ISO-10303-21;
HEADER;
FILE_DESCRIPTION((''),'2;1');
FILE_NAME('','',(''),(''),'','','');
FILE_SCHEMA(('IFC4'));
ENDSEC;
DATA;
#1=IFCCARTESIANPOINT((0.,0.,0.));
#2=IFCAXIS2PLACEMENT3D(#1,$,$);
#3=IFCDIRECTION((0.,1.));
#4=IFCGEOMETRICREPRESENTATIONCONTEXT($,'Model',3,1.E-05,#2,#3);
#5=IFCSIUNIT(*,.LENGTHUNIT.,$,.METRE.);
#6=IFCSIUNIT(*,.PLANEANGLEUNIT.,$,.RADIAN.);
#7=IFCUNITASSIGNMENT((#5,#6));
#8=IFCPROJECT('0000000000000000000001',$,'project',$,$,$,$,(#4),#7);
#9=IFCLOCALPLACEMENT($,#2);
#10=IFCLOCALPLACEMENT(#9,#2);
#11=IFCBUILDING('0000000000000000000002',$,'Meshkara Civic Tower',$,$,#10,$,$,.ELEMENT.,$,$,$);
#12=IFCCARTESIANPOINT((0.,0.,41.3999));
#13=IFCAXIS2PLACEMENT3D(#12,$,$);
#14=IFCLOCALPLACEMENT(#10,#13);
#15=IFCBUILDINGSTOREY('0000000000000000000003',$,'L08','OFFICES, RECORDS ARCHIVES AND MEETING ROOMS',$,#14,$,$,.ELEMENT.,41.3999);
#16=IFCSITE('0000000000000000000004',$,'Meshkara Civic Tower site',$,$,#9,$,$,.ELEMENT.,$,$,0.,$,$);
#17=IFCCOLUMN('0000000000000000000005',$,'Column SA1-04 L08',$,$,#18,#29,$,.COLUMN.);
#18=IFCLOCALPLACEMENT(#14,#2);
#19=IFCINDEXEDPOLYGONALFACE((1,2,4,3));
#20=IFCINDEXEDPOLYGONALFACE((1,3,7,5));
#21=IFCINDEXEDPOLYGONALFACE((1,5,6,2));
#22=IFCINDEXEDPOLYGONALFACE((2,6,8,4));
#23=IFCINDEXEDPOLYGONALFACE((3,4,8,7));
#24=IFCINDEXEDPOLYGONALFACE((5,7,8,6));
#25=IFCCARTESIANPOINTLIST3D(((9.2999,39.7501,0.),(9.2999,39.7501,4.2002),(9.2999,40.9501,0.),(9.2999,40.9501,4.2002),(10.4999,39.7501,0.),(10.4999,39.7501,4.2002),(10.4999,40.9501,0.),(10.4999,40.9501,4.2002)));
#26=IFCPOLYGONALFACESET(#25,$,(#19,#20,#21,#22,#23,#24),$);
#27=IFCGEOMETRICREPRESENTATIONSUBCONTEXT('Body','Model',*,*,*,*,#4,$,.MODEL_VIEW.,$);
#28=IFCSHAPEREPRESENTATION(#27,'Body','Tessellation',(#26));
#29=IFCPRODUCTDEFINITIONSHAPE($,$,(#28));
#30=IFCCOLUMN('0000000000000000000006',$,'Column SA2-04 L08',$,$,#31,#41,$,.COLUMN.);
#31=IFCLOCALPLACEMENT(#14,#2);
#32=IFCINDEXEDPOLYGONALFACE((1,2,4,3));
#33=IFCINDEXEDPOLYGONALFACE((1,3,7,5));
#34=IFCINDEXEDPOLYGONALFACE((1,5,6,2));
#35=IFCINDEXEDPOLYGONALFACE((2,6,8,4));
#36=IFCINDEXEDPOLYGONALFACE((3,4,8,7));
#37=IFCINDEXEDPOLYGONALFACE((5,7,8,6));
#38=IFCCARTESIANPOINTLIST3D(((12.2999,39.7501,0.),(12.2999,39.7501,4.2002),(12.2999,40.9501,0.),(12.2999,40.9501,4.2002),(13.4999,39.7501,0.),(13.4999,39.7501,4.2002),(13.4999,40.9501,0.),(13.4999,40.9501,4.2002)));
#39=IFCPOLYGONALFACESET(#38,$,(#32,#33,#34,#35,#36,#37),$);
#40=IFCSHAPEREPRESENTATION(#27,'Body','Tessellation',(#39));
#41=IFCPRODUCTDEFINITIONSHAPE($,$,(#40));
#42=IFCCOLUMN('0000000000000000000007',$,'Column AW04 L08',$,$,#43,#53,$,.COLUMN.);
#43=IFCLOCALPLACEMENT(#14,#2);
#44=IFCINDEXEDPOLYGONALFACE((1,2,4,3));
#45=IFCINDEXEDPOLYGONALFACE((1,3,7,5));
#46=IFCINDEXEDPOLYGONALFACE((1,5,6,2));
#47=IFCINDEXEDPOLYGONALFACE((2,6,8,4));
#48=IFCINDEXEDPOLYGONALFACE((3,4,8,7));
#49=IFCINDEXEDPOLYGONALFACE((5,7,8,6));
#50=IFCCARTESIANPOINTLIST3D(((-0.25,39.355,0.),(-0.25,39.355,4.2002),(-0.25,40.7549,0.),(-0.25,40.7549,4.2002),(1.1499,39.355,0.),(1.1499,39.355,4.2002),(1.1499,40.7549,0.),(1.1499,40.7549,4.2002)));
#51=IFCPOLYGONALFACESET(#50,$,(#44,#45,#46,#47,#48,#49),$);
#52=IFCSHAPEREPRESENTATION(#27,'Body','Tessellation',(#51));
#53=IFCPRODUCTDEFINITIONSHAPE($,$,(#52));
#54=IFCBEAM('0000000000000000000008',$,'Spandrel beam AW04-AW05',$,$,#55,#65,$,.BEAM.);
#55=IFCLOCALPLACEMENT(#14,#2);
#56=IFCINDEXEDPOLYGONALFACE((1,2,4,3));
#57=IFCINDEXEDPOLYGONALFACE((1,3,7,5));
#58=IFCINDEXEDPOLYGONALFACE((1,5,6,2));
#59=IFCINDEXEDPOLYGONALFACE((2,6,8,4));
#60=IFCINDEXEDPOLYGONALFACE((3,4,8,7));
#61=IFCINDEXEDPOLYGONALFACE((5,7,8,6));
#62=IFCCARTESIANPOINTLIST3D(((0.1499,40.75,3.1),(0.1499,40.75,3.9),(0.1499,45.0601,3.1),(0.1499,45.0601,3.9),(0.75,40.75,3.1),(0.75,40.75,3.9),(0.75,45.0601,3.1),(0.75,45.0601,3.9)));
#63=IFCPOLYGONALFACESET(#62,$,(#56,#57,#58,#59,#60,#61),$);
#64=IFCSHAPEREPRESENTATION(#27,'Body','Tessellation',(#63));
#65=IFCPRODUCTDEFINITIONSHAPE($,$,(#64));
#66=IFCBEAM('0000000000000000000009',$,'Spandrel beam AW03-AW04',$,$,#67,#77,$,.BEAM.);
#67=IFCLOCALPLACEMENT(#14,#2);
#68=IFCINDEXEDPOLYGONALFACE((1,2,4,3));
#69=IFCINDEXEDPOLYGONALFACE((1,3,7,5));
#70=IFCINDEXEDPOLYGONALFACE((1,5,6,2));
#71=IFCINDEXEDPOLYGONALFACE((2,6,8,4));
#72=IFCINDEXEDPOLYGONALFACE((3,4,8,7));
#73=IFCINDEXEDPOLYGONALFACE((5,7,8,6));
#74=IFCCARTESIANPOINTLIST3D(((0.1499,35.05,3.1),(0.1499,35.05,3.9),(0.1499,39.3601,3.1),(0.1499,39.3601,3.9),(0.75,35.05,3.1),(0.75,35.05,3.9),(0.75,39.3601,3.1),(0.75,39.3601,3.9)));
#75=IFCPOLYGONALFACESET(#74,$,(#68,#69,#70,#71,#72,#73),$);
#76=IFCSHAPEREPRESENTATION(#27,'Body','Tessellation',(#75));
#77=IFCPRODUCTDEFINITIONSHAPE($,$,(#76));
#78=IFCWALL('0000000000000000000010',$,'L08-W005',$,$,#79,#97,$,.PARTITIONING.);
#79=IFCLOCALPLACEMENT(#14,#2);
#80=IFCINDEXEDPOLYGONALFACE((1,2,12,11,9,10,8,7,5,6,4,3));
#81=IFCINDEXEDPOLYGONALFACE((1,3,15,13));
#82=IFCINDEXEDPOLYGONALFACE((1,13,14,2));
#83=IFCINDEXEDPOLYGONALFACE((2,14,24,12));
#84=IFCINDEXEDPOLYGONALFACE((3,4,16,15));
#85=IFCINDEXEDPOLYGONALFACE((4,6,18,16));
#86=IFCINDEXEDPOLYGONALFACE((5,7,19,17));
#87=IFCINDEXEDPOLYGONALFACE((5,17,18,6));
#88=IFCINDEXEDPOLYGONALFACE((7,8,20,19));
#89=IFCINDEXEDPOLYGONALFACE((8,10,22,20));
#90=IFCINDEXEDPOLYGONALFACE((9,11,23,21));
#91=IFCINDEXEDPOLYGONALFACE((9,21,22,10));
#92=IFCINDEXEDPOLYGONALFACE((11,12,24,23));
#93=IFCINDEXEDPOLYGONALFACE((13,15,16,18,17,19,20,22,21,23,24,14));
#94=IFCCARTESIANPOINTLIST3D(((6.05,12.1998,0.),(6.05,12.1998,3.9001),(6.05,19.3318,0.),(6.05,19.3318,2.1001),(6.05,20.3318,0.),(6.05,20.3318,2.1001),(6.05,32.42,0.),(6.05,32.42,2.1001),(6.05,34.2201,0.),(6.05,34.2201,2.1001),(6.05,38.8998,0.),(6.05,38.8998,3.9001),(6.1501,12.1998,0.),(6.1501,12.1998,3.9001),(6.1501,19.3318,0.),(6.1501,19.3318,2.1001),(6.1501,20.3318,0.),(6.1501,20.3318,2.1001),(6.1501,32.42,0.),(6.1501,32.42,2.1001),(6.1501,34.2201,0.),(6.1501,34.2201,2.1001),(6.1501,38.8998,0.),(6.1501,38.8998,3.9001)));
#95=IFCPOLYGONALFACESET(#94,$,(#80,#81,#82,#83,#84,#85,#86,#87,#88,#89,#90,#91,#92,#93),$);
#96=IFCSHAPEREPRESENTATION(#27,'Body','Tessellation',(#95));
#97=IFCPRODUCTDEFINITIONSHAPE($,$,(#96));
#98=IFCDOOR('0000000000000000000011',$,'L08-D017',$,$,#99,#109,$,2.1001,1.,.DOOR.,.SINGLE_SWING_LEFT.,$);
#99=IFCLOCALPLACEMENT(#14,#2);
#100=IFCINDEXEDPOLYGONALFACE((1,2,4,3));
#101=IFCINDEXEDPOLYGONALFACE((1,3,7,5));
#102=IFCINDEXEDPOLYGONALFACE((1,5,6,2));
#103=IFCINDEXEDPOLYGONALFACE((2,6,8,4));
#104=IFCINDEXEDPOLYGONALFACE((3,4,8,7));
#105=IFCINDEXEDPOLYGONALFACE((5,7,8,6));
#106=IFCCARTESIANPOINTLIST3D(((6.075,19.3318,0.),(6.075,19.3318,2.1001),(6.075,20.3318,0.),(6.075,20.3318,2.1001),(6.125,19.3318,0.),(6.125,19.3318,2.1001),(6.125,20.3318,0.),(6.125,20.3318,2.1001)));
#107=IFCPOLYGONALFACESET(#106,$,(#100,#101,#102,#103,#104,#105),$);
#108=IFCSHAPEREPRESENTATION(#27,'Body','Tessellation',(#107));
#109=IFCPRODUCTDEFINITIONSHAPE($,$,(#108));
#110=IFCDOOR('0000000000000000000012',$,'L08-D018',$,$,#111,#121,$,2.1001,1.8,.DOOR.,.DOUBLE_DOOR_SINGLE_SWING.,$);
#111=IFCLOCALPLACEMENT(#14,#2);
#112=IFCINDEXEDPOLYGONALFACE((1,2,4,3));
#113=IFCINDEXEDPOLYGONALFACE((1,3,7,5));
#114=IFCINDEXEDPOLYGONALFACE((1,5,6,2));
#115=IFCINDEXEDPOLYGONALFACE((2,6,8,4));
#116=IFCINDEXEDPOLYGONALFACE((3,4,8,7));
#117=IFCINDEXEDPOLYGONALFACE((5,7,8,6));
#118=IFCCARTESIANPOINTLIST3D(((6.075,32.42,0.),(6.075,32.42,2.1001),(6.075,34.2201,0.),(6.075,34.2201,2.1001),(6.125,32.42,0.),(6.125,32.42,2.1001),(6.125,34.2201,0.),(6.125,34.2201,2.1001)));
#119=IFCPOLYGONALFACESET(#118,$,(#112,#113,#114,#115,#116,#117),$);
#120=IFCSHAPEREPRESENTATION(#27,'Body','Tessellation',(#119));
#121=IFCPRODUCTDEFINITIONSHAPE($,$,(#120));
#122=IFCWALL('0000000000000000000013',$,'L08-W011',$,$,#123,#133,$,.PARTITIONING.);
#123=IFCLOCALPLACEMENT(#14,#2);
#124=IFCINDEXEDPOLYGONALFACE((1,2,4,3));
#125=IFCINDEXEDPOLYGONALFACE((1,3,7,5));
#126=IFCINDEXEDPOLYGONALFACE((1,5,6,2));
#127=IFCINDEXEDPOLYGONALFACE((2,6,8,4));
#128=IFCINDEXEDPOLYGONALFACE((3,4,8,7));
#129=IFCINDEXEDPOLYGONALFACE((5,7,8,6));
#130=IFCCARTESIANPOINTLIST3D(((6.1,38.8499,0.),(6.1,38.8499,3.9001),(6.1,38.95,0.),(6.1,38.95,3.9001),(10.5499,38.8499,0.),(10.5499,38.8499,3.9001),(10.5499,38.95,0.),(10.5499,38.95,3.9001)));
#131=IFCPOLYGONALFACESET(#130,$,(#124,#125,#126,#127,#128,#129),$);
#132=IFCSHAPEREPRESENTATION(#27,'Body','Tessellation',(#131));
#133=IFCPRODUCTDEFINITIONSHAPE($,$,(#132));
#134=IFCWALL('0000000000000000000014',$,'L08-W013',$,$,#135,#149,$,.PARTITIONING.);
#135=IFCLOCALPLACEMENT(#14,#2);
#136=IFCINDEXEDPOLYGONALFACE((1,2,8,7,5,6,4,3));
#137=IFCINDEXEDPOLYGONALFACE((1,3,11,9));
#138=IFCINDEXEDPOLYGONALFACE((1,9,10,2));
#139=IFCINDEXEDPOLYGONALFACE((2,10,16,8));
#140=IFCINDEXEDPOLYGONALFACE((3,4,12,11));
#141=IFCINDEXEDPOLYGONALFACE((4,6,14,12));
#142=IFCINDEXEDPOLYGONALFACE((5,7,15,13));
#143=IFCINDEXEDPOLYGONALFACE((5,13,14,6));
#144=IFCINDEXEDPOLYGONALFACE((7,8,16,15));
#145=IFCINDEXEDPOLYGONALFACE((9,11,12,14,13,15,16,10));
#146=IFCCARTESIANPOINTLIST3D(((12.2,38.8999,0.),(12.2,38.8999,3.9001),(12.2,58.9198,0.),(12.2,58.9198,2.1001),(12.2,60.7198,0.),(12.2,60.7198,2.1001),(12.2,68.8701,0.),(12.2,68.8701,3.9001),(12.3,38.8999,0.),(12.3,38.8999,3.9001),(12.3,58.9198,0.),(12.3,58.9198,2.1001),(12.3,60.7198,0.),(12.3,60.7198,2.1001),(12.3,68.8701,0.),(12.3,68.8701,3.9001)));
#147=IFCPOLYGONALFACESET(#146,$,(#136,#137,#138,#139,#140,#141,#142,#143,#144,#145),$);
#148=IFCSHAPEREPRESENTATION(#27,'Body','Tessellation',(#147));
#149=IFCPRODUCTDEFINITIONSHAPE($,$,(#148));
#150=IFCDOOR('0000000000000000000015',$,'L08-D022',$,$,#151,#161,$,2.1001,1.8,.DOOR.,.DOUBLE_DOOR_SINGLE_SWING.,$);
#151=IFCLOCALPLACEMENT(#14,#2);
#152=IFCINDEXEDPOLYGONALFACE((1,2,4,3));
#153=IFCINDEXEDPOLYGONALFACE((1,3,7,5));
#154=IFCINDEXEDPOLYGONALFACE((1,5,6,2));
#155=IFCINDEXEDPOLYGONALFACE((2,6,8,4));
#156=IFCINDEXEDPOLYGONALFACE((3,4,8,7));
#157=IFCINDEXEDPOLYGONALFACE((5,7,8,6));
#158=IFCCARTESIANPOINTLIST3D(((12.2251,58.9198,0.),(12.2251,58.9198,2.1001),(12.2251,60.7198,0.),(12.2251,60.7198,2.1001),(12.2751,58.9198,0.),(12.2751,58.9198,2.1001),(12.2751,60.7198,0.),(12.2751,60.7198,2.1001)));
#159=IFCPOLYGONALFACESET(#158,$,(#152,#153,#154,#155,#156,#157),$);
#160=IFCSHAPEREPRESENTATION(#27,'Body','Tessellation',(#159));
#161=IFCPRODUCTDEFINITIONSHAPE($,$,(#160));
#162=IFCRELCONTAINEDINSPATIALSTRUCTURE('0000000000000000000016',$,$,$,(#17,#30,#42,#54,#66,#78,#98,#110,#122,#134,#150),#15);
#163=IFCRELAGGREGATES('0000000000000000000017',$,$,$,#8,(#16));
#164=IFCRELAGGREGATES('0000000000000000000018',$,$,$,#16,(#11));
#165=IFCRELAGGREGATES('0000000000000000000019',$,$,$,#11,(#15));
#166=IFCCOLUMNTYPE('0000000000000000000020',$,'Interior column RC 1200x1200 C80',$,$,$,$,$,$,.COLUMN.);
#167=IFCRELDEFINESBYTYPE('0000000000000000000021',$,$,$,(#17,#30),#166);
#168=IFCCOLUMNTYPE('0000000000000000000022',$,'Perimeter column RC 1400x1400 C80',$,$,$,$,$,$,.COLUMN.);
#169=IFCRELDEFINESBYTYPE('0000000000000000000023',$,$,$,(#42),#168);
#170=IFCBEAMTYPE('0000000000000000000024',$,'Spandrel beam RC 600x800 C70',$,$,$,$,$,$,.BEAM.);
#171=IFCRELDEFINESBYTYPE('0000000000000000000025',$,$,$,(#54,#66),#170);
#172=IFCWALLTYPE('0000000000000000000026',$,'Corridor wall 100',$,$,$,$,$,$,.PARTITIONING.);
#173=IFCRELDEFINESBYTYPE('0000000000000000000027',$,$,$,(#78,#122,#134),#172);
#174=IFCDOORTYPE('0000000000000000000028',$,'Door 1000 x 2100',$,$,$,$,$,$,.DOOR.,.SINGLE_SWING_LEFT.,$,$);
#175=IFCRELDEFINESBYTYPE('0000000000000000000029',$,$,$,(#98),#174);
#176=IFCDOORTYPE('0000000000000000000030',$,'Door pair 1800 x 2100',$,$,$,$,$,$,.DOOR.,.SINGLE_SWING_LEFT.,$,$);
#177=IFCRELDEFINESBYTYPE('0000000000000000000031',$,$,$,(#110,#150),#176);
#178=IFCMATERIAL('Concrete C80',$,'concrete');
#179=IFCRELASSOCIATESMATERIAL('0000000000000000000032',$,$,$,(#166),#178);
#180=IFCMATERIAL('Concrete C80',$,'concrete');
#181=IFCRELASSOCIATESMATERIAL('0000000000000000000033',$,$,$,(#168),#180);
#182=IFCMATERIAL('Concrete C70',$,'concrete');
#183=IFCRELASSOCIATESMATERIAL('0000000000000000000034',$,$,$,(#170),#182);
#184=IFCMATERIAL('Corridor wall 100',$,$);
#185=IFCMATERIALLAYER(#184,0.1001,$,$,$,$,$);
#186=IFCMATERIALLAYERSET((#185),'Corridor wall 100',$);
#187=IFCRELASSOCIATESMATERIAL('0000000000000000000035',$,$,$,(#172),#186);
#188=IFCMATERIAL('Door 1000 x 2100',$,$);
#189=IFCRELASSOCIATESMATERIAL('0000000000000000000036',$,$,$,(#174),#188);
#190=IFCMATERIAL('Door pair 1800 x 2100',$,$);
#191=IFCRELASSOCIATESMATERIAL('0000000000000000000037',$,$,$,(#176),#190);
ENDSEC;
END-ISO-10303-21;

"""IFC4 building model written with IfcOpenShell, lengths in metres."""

from ifc_helpers import new_model, si_unit, direction, frame, frame_2d, origin, origin_2d, place, context, subcontext, project, spatial, rectangle, extrude, material, layer, layer_set, material_profile, profile_set, type_object, element, fill, save


model = new_model("IFC4")

# Units and contexts
model_context = context("Model", 3, precision=1e-05, world=origin(), true_north=direction((0.0, 1.0)))
body_context = subcontext(model_context, "Body", "Model", "MODEL_VIEW")
ifc_project = project(units=[si_unit("LENGTHUNIT", "METRE"), si_unit("PLANEANGLEUNIT", "RADIAN")], contexts=[model_context])

# Site, building, storey
site_placement = place(None, origin())
site = spatial("IfcSite", under=ifc_project, at=site_placement, Name="Meshkara Civic Tower site", CompositionType="ELEMENT", RefElevation=0.0)
building_placement = place(site_placement, origin())
building = spatial("IfcBuilding", under=site, at=building_placement, Name="Meshkara Civic Tower", CompositionType="ELEMENT")
storey_placement = place(building_placement, frame((0.0, 0.0, 41.3999)))
storey = spatial("IfcBuildingStorey", under=building, at=storey_placement, Name="L08", Description="OFFICES, RECORDS ARCHIVES AND MEETING ROOMS", CompositionType="ELEMENT", Elevation=41.3999)

# Columns
ifc_material_1 = material(Name="Concrete C80", Category="concrete")
ifc_material_profile_1 = material_profile(ifc_material_1, rectangle(XDim=1.2, YDim=1.2, at=origin_2d()))
ifc_profile_set_1 = profile_set([ifc_material_profile_1], Name="Concrete C80")
column_type_1 = type_object("IfcColumnType", Name="Interior column RC 1200x1200 C80", PredefinedType="COLUMN", material=ifc_profile_set_1)
for number, where, z_axis, x_axis, name in (
    (1, (9.8999, 40.3501, 0.0), (0.0, 0.0, 1.0), (1.0, 0.0, 0.0), "Column SA1-04 L08"),
    (2, (12.8999, 40.3501, 0.0), (0.0, 0.0, 1.0), (1.0, 0.0, 0.0), "Column SA2-04 L08"),
):
    element("IfcColumn", number, at=place(storey_placement, frame(where, z_axis=z_axis, x_axis=x_axis)), inside=storey, type_object=column_type_1, Name=name, PredefinedType="COLUMN", context=body_context, shape_type="SweptSolid", body=[
        extrude(rectangle(XDim=1.2, YDim=1.2, at=origin_2d()), origin(), (0.0, 0.0, 1.0), 4.2002),
    ])
ifc_material_2 = material(Name="Concrete C80", Category="concrete")
ifc_material_profile_2 = material_profile(ifc_material_2, rectangle(XDim=1.3999, YDim=1.3999, at=origin_2d()))
ifc_profile_set_2 = profile_set([ifc_material_profile_2], Name="Concrete C80")
column_type_2 = type_object("IfcColumnType", Name="Perimeter column RC 1400x1400 C80", PredefinedType="COLUMN", material=ifc_profile_set_2)
column_placement = place(storey_placement, frame((0.45, 40.0549, 0.0), z_axis=(0.0, 0.0, 1.0), x_axis=(1.0, 0.0, 0.0)))
element("IfcColumn", 3, at=column_placement, inside=storey, type_object=column_type_2, Name="Column AW04 L08", PredefinedType="COLUMN", context=body_context, shape_type="SweptSolid", body=[
    extrude(rectangle(XDim=1.3999, YDim=1.3999, at=origin_2d()), origin(), (0.0, 0.0, 1.0), 4.2002),
])

# Beams
ifc_material_3 = material(Name="Concrete C70", Category="concrete")
ifc_material_profile_3 = material_profile(ifc_material_3, rectangle(XDim=0.6001, YDim=0.8, at=origin_2d()))
ifc_profile_set_3 = profile_set([ifc_material_profile_3], Name="Concrete C70")
beam_type = type_object("IfcBeamType", Name="Spandrel beam RC 600x800 C70", PredefinedType="BEAM", material=ifc_profile_set_3)
for number, where, z_axis, x_axis, name in (
    (4, (0.45, 45.0601, 3.5), (0.0, -1.0, 0.0), (1.0, 0.0, 0.0), "Spandrel beam AW04-AW05"),
    (5, (0.45, 39.3601, 3.5), (0.0, -1.0, 0.0), (1.0, 0.0, 0.0), "Spandrel beam AW03-AW04"),
):
    element("IfcBeam", number, at=place(storey_placement, frame(where, z_axis=z_axis, x_axis=x_axis)), inside=storey, type_object=beam_type, Name=name, PredefinedType="BEAM", context=body_context, shape_type="SweptSolid", body=[
        extrude(rectangle(XDim=0.6001, YDim=0.8, at=origin_2d()), origin(), (0.0, 0.0, 1.0), 4.3101),
    ])

# Wall, openings, doors
ifc_material_4 = material(Name="Corridor wall 100")
ifc_layer_1 = layer(ifc_material_4, 0.1001)
ifc_layer_set_1 = layer_set([ifc_layer_1], Name="Corridor wall 100")
wall_type_1 = type_object("IfcWallType", Name="Corridor wall 100", PredefinedType="PARTITIONING", material=ifc_layer_set_1)
wall_1_placement = place(storey_placement, frame((6.1001, 38.8999, 0.0), z_axis=(0.0, 0.0, 1.0), x_axis=(0.0, -1.0, 0.0)))
wall_1 = element("IfcWall", 6, at=wall_1_placement, inside=storey, type_object=wall_type_1, Name="L08-W005", PredefinedType="PARTITIONING", context=body_context, shape_type="SweptSolid", body=[
    extrude(rectangle(XDim=26.7, YDim=0.1001, at=frame_2d((13.3501, 0.0))), origin(), (0.0, 0.0, 1.0), 3.9001),
])
opening_1_placement = place(wall_1_placement, frame((18.5681, 0.0, 0.0)))
opening_1 = element("IfcOpeningElement", 7, at=opening_1_placement, cuts=wall_1, PredefinedType="OPENING", context=body_context, shape_type="SweptSolid", body=[
    extrude(rectangle(XDim=1.0, YDim=2.1001, at=frame_2d((0.5, 1.05))), frame((0.0, 0.0601, 0.0), z_axis=(0.0, -1.0, 0.0), x_axis=(1.0, 0.0, 0.0)), (0.0, 0.0, 1.0), 0.1201),
])
opening_2_placement = place(wall_1_placement, frame((4.6799, 0.0, 0.0)))
opening_2 = element("IfcOpeningElement", 8, at=opening_2_placement, cuts=wall_1, PredefinedType="OPENING", context=body_context, shape_type="SweptSolid", body=[
    extrude(rectangle(XDim=1.8, YDim=2.1001, at=frame_2d((0.8999, 1.05))), frame((0.0, 0.0601, 0.0), z_axis=(0.0, -1.0, 0.0), x_axis=(1.0, 0.0, 0.0)), (0.0, 0.0, 1.0), 0.1201),
])
ifc_material_5 = material(Name="Door 1000 x 2100")
door_type_1 = type_object("IfcDoorType", Name="Door 1000 x 2100", OperationType="SINGLE_SWING_LEFT", PredefinedType="DOOR", material=ifc_material_5)
door_1_placement = place(opening_1_placement, origin())
door_1 = element("IfcDoor", 9, at=door_1_placement, inside=storey, type_object=door_type_1, Name="L08-D017", OperationType="SINGLE_SWING_LEFT", OverallHeight=2.1001, OverallWidth=1.0, PredefinedType="DOOR", context=body_context, shape_type="SweptSolid", body=[
    extrude(rectangle(XDim=1.0, YDim=2.1001, at=frame_2d((0.5, 1.05))), frame((0.0, 0.0249, 0.0), z_axis=(0.0, -1.0, 0.0), x_axis=(1.0, 0.0, 0.0)), (0.0, 0.0, 1.0), 0.05),
])
fill(opening_1, door_1)
ifc_material_6 = material(Name="Door pair 1800 x 2100")
door_type_2 = type_object("IfcDoorType", Name="Door pair 1800 x 2100", OperationType="SINGLE_SWING_LEFT", PredefinedType="DOOR", material=ifc_material_6)
door_2_placement = place(opening_2_placement, origin())
door_2 = element("IfcDoor", 10, at=door_2_placement, inside=storey, type_object=door_type_2, Name="L08-D018", OperationType="DOUBLE_DOOR_SINGLE_SWING", OverallHeight=2.1001, OverallWidth=1.8, PredefinedType="DOOR", context=body_context, shape_type="SweptSolid", body=[
    extrude(rectangle(XDim=1.8, YDim=2.1001, at=frame_2d((0.8999, 1.05))), frame((0.0, 0.0249, 0.0), z_axis=(0.0, -1.0, 0.0), x_axis=(1.0, 0.0, 0.0)), (0.0, 0.0, 1.0), 0.05),
])
fill(opening_2, door_2)

# Wall
wall_2_placement = place(storey_placement, frame((10.55, 38.8999, 0.0), z_axis=(0.0, 0.0, 1.0), x_axis=(-1.0, 0.0, 0.0)))
element("IfcWall", 11, at=wall_2_placement, inside=storey, type_object=wall_type_1, Name="L08-W011", PredefinedType="PARTITIONING", context=body_context, shape_type="SweptSolid", body=[
    extrude(rectangle(XDim=4.45, YDim=0.1001, at=frame_2d((2.2251, 0.0))), origin(), (0.0, 0.0, 1.0), 3.9001),
])

# Wall, opening, door
wall_3_placement = place(storey_placement, frame((12.25, 38.8999, 0.0), z_axis=(0.0, 0.0, 1.0), x_axis=(0.0, 1.0, 0.0)))
wall_3 = element("IfcWall", 12, at=wall_3_placement, inside=storey, type_object=wall_type_1, Name="L08-W013", PredefinedType="PARTITIONING", context=body_context, shape_type="SweptSolid", body=[
    extrude(rectangle(XDim=29.9702, YDim=0.1001, at=frame_2d((14.9851, 0.0))), origin(), (0.0, 0.0, 1.0), 3.9001),
])
opening_3_placement = place(wall_3_placement, frame((20.02, 0.0, 0.0)))
opening_3 = element("IfcOpeningElement", 13, at=opening_3_placement, cuts=wall_3, PredefinedType="OPENING", context=body_context, shape_type="SweptSolid", body=[
    extrude(rectangle(XDim=1.8, YDim=2.1001, at=frame_2d((0.8999, 1.05))), frame((0.0, 0.0601, 0.0), z_axis=(0.0, -1.0, 0.0), x_axis=(1.0, 0.0, 0.0)), (0.0, 0.0, 1.0), 0.1201),
])
door_3_placement = place(opening_3_placement, origin())
door_3 = element("IfcDoor", 14, at=door_3_placement, inside=storey, type_object=door_type_2, Name="L08-D022", OperationType="DOUBLE_DOOR_SINGLE_SWING", OverallHeight=2.1001, OverallWidth=1.8, PredefinedType="DOOR", context=body_context, shape_type="SweptSolid", body=[
    extrude(rectangle(XDim=1.8, YDim=2.1001, at=frame_2d((0.8999, 1.05))), frame((0.0, 0.0249, 0.0), z_axis=(0.0, -1.0, 0.0), x_axis=(1.0, 0.0, 0.0)), (0.0, 0.0, 1.0), 0.05),
])
fill(opening_3, door_3)

save(model, "model.ifc")
